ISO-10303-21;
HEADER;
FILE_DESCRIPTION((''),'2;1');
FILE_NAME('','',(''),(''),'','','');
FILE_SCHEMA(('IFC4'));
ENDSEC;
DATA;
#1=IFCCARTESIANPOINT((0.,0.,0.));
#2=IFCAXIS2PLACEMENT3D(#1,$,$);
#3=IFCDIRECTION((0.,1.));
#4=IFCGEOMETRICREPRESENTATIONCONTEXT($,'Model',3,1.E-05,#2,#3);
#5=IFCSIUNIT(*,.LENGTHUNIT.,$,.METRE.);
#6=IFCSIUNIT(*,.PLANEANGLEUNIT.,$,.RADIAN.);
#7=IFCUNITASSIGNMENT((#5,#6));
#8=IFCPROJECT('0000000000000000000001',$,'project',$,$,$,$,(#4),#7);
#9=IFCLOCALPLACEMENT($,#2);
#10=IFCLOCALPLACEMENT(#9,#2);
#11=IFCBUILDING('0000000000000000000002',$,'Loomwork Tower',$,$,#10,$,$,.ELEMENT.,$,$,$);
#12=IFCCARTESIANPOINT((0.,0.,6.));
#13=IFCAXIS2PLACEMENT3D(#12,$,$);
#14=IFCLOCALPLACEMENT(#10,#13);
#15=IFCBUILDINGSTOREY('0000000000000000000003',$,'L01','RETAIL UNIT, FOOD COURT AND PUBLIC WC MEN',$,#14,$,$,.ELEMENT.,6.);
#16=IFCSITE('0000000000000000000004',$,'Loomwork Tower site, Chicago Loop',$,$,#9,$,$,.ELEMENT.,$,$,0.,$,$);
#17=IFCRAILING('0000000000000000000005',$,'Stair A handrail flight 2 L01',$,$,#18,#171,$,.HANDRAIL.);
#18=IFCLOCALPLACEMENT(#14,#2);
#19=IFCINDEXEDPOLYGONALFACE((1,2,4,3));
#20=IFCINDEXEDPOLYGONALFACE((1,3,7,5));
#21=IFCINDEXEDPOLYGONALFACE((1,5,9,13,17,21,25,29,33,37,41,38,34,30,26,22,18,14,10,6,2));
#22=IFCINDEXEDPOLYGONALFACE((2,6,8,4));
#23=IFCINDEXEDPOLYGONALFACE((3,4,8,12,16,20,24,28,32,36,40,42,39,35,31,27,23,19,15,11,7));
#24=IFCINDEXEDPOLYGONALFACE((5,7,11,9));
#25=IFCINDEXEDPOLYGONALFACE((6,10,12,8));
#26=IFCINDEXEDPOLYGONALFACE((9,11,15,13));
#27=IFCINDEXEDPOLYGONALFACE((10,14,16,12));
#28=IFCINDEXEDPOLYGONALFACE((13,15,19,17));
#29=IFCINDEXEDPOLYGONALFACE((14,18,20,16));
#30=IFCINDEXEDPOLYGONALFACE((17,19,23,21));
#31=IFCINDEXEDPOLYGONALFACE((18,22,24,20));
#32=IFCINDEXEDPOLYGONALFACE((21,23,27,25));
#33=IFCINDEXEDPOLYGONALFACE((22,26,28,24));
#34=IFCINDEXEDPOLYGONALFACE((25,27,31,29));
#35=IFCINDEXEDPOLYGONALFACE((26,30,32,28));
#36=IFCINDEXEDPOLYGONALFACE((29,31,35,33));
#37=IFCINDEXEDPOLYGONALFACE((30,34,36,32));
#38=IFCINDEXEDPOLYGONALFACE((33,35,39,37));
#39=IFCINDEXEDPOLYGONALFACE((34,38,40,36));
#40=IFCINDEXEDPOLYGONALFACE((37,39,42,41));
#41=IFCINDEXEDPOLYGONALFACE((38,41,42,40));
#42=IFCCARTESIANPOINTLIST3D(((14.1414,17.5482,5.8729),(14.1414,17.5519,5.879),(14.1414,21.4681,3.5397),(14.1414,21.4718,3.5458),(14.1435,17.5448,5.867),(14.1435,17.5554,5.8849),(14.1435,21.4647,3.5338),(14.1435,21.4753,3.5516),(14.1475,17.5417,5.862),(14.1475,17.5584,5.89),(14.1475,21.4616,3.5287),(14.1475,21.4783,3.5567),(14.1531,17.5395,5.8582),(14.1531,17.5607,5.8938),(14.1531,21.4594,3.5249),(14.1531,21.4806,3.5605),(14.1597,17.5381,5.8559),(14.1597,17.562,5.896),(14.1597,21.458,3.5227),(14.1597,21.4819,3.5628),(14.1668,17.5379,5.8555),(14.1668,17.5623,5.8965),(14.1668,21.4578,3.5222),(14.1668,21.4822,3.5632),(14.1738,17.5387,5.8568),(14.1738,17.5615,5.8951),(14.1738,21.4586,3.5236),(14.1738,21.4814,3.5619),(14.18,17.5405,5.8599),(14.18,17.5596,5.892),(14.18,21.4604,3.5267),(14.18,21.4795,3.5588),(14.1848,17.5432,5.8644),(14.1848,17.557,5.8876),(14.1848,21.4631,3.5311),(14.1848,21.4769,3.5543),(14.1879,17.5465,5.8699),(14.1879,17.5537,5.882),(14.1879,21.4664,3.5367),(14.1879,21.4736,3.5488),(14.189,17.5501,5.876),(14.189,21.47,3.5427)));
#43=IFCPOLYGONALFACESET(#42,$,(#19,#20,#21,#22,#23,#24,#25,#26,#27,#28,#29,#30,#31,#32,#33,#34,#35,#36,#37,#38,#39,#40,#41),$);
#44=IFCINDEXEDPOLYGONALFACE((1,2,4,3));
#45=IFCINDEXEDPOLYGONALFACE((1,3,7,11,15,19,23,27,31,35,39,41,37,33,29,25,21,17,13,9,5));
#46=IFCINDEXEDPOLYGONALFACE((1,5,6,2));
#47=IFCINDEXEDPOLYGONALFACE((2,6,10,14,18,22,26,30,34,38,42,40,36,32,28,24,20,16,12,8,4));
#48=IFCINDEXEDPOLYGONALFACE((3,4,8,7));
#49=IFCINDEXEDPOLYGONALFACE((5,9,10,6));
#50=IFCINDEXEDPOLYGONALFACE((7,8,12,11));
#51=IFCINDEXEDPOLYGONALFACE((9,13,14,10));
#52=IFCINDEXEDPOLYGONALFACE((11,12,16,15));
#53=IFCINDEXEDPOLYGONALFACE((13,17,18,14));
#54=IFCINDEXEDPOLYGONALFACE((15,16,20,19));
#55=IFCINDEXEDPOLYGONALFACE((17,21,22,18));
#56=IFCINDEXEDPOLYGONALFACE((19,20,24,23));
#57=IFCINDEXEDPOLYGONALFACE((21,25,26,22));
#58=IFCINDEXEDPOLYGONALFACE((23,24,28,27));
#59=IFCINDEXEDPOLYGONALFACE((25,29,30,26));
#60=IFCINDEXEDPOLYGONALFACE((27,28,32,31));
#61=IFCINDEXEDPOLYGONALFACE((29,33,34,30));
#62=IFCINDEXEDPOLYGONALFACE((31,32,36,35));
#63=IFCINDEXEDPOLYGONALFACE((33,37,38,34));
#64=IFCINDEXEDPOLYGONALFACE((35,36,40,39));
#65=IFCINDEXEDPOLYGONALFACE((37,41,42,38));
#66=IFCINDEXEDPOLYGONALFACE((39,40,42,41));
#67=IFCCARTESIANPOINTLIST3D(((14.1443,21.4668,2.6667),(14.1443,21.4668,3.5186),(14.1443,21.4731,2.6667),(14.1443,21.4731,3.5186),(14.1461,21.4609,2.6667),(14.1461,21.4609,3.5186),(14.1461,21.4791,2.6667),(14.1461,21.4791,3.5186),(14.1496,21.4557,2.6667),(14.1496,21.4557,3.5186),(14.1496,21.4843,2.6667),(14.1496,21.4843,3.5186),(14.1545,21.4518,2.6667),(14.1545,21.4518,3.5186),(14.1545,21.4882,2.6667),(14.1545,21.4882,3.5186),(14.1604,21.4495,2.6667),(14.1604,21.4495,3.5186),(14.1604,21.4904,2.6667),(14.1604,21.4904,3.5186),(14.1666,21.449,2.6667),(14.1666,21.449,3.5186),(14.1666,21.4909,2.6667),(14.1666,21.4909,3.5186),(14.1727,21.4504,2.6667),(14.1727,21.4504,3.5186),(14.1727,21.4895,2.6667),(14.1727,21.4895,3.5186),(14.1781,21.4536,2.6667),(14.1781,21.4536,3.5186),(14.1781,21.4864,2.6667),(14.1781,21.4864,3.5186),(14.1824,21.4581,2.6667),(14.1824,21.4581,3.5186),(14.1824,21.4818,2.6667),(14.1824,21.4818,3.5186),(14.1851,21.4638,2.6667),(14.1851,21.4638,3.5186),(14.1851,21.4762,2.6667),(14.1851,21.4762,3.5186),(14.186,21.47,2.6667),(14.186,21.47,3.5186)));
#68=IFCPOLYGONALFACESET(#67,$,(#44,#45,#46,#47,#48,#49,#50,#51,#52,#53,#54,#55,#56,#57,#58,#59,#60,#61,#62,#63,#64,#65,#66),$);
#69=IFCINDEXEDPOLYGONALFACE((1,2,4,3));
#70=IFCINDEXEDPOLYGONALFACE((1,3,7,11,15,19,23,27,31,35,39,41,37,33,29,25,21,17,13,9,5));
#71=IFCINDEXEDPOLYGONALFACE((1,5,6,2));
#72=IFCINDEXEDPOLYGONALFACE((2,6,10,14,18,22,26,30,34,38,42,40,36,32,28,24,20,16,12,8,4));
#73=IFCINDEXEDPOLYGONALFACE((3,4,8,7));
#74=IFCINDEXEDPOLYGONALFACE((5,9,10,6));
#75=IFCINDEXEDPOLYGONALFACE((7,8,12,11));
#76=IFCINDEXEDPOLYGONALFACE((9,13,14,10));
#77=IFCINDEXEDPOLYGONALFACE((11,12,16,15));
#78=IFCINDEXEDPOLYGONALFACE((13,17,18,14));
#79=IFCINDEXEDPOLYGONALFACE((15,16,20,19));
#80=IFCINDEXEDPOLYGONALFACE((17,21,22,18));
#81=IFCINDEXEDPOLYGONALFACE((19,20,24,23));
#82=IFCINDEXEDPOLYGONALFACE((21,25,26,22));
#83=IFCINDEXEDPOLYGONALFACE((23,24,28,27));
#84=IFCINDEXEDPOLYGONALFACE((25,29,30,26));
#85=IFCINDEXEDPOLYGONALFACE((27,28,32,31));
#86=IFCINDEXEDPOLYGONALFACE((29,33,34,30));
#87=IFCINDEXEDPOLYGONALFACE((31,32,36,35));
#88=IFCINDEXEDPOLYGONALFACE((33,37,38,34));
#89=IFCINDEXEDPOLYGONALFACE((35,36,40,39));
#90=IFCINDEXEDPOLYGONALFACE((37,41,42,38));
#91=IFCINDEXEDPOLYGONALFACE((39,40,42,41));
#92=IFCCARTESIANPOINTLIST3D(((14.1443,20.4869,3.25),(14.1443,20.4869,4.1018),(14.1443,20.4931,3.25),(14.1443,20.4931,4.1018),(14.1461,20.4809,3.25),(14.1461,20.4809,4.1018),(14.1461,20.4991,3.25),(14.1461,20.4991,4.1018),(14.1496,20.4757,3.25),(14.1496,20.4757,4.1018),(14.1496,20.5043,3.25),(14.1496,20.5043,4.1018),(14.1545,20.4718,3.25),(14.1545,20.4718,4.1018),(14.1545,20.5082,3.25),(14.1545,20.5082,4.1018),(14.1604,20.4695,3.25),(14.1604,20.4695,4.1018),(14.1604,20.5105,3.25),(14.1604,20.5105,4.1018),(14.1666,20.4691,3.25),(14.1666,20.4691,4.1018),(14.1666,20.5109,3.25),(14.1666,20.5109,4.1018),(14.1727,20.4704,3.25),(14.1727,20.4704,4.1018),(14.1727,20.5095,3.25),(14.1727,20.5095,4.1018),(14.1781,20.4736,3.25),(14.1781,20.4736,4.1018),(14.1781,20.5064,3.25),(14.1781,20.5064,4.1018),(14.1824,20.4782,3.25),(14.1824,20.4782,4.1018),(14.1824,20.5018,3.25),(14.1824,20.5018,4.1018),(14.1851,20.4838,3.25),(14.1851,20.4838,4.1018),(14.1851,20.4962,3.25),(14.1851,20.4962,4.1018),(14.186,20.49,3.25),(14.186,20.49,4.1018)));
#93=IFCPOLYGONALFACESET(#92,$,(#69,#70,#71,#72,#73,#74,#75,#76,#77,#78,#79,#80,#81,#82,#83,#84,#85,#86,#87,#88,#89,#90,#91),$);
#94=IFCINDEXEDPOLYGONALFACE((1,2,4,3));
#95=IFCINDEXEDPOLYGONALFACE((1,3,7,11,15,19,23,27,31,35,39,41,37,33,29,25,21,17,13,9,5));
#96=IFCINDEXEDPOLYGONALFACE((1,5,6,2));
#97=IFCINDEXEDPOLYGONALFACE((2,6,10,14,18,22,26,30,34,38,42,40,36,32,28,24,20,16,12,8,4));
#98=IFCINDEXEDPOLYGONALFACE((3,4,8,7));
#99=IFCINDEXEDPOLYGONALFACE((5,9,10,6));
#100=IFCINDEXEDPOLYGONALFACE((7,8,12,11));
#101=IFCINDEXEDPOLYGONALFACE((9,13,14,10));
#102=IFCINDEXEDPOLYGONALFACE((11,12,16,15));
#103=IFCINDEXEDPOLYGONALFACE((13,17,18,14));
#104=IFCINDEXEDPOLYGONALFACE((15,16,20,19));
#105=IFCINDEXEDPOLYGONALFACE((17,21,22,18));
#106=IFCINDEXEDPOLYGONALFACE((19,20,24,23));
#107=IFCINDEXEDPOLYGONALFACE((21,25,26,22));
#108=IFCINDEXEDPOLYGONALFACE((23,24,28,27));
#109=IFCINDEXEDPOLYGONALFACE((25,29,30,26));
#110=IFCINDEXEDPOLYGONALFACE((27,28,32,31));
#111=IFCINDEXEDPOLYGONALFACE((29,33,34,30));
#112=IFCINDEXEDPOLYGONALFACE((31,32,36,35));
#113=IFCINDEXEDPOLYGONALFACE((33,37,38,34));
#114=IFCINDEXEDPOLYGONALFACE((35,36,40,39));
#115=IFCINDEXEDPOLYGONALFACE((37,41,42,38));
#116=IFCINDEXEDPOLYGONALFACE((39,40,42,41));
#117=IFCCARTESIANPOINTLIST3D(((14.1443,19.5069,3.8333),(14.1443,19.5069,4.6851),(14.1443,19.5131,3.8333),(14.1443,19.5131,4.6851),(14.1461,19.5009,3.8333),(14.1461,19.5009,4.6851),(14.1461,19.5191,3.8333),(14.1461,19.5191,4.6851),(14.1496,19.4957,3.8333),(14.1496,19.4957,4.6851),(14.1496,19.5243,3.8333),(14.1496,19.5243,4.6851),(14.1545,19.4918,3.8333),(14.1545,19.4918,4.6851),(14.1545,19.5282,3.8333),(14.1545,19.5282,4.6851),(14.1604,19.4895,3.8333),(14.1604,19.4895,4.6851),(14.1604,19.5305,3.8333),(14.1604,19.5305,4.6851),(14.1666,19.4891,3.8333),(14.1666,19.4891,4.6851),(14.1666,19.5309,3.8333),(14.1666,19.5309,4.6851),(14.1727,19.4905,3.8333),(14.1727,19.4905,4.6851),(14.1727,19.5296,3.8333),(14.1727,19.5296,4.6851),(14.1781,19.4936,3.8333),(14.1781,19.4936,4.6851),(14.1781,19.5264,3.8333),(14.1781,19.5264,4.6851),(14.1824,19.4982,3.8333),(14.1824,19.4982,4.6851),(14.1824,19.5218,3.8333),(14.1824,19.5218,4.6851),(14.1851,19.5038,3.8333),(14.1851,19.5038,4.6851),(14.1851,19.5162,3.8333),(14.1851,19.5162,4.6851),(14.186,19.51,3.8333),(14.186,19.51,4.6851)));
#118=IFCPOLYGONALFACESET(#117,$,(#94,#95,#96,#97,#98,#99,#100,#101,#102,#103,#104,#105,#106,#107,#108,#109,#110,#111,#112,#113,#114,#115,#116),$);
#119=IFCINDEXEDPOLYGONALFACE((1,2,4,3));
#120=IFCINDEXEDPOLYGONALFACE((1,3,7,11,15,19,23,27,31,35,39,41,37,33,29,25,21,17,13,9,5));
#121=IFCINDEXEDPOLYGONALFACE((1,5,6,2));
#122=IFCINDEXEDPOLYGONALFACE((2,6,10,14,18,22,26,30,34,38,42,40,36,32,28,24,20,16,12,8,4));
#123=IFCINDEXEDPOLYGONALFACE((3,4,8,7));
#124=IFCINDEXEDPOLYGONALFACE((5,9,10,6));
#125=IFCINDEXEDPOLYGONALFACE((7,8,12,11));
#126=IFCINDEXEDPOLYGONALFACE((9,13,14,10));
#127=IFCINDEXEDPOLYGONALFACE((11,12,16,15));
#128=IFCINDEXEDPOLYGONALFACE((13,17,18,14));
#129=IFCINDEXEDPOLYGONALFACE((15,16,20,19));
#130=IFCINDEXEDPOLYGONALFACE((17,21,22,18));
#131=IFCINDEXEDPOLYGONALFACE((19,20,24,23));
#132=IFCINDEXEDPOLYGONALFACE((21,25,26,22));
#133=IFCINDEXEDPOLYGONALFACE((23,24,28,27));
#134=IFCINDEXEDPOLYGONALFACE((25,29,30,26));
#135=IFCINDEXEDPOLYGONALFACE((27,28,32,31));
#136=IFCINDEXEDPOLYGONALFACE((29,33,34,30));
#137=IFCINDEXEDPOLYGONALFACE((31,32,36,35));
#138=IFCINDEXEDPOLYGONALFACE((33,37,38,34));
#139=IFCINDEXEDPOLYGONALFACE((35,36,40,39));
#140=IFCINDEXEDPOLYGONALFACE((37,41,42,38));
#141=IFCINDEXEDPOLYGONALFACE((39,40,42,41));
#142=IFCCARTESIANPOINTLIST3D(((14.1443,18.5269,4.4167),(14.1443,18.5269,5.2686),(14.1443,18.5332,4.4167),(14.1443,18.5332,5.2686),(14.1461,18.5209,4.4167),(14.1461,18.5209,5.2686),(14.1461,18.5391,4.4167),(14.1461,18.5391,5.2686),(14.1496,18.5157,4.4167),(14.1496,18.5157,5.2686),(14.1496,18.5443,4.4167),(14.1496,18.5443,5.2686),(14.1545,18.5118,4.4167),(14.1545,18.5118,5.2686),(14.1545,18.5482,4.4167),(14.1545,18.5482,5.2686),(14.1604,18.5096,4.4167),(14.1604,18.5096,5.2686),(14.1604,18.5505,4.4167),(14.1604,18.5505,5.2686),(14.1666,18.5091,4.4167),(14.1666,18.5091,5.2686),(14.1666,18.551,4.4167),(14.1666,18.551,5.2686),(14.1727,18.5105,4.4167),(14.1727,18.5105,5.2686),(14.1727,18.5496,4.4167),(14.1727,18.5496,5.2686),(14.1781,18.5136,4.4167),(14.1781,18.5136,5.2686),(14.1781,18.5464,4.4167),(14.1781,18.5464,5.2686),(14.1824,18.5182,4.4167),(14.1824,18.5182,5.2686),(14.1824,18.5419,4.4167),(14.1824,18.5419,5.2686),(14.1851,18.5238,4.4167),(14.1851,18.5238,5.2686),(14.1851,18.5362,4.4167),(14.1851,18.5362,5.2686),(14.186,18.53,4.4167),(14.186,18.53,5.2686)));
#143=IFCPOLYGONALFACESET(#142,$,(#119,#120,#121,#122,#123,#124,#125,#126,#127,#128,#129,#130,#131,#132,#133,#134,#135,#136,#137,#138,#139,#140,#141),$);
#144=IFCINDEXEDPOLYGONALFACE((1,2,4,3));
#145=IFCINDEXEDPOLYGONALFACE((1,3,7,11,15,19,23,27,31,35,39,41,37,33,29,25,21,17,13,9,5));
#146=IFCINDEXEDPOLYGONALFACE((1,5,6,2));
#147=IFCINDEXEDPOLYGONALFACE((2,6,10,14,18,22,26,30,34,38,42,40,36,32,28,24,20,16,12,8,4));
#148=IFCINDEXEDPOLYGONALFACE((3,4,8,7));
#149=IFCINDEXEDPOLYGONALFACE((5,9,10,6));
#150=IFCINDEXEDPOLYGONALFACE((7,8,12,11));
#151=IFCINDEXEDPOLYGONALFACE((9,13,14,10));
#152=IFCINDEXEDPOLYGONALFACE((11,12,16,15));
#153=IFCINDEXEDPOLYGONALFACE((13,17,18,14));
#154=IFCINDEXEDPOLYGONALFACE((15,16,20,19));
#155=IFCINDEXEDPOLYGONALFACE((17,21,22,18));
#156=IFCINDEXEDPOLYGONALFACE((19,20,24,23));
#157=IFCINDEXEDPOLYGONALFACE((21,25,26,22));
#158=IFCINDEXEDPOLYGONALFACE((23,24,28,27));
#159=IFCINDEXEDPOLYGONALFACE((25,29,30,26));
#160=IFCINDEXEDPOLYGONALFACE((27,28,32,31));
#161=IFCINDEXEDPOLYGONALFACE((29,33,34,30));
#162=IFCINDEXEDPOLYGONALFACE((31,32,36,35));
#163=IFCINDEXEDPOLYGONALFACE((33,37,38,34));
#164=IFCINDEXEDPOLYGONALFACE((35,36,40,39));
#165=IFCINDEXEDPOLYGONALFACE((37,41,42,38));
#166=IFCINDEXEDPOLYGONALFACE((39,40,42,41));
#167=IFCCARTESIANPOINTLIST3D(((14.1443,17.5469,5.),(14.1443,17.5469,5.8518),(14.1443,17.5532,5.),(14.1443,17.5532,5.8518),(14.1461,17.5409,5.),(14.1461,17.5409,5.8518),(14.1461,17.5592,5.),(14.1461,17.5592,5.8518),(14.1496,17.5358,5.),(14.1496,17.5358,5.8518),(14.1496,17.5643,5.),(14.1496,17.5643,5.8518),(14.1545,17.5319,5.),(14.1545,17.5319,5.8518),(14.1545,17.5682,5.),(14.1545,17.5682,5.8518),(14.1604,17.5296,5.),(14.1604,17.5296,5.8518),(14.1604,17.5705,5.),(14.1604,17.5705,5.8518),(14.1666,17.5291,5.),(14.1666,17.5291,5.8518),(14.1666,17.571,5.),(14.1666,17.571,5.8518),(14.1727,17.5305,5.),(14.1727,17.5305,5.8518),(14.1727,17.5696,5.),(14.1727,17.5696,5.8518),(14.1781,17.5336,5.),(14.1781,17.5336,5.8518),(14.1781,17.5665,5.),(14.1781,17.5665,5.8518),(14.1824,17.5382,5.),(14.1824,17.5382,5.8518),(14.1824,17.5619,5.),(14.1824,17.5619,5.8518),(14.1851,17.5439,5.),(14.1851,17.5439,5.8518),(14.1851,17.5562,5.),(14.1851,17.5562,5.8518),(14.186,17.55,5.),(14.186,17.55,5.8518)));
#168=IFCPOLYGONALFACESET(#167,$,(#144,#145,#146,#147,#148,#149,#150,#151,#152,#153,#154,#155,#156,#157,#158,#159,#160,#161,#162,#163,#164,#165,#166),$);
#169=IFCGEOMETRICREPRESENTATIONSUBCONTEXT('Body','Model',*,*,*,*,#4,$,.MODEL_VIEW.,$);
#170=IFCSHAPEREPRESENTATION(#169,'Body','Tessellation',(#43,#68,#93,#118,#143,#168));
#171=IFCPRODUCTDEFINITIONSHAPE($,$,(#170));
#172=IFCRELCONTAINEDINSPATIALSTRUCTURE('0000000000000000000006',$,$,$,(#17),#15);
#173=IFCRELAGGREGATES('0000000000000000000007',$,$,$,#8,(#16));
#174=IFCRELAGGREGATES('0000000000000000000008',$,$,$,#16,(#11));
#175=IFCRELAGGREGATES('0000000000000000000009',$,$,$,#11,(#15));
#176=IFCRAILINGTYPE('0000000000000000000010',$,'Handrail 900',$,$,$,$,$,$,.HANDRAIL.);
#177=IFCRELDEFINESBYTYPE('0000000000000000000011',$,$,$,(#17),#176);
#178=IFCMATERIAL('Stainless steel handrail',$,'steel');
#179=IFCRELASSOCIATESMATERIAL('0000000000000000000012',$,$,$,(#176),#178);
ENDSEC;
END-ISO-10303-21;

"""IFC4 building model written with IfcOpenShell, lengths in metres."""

from ifc_helpers import new_model, si_unit, direction, frame, origin, origin_2d, place, context, subcontext, project, spatial, circle, extrude, material, type_object, element, save


model = new_model("IFC4")

# Units and contexts
model_context = context("Model", 3, precision=1e-05, world=origin(), true_north=direction((0.0, 1.0)))
body_context = subcontext(model_context, "Body", "Model", "MODEL_VIEW")
ifc_project = project(units=[si_unit("LENGTHUNIT", "METRE"), si_unit("PLANEANGLEUNIT", "RADIAN")], contexts=[model_context])

# Site, building, storey
site_placement = place(None, origin())
site = spatial("IfcSite", under=ifc_project, at=site_placement, Name="Loomwork Tower site, Chicago Loop", CompositionType="ELEMENT", RefElevation=0.0)
building_placement = place(site_placement, origin())
building = spatial("IfcBuilding", under=site, at=building_placement, Name="Loomwork Tower", CompositionType="ELEMENT")
storey_placement = place(building_placement, frame((0.0, 0.0, 6.0)))
storey = spatial("IfcBuildingStorey", under=building, at=storey_placement, Name="L01", Description="RETAIL UNIT, FOOD COURT AND PUBLIC WC MEN", CompositionType="ELEMENT", Elevation=6.0)

# Railing
ifc_material_1 = material(Name="Stainless steel handrail", Category="steel")
railing_type = type_object("IfcRailingType", Name="Handrail 900", PredefinedType="HANDRAIL", material=ifc_material_1)
railing_1_placement = place(storey_placement, frame((14.165, 21.47, 2.6667)))
element("IfcRailing", 1, at=railing_1_placement, inside=storey, type_object=railing_type, Name="Stair A handrail flight 2 L01", PredefinedType="HANDRAIL", context=body_context, shape_type="SweptSolid", body=[
    extrude(circle(Radius=0.0239, at=origin_2d()), frame((0.0, 0.0, 0.876), z_axis=(0.0, -0.859296, 0.511478), x_axis=(1.0, 0.0, 0.0)), (0.0, 0.0, 1.0), 4.5618),
    extrude(circle(Radius=0.021, at=origin_2d()), origin(), (0.0, 0.0, 1.0), 0.8518),
    extrude(circle(Radius=0.021, at=origin_2d()), frame((0.0, -0.98, 0.5833)), (0.0, 0.0, 1.0), 0.8518),
    extrude(circle(Radius=0.021, at=origin_2d()), frame((0.0, -1.96, 1.1665)), (0.0, 0.0, 1.0), 0.8518),
    extrude(circle(Radius=0.021, at=origin_2d()), frame((0.0, -2.9399, 1.75)), (0.0, 0.0, 1.0), 0.8518),
    extrude(circle(Radius=0.021, at=origin_2d()), frame((0.0, -3.9199, 2.3333)), (0.0, 0.0, 1.0), 0.8518),
])

save(model, "model.ifc")
